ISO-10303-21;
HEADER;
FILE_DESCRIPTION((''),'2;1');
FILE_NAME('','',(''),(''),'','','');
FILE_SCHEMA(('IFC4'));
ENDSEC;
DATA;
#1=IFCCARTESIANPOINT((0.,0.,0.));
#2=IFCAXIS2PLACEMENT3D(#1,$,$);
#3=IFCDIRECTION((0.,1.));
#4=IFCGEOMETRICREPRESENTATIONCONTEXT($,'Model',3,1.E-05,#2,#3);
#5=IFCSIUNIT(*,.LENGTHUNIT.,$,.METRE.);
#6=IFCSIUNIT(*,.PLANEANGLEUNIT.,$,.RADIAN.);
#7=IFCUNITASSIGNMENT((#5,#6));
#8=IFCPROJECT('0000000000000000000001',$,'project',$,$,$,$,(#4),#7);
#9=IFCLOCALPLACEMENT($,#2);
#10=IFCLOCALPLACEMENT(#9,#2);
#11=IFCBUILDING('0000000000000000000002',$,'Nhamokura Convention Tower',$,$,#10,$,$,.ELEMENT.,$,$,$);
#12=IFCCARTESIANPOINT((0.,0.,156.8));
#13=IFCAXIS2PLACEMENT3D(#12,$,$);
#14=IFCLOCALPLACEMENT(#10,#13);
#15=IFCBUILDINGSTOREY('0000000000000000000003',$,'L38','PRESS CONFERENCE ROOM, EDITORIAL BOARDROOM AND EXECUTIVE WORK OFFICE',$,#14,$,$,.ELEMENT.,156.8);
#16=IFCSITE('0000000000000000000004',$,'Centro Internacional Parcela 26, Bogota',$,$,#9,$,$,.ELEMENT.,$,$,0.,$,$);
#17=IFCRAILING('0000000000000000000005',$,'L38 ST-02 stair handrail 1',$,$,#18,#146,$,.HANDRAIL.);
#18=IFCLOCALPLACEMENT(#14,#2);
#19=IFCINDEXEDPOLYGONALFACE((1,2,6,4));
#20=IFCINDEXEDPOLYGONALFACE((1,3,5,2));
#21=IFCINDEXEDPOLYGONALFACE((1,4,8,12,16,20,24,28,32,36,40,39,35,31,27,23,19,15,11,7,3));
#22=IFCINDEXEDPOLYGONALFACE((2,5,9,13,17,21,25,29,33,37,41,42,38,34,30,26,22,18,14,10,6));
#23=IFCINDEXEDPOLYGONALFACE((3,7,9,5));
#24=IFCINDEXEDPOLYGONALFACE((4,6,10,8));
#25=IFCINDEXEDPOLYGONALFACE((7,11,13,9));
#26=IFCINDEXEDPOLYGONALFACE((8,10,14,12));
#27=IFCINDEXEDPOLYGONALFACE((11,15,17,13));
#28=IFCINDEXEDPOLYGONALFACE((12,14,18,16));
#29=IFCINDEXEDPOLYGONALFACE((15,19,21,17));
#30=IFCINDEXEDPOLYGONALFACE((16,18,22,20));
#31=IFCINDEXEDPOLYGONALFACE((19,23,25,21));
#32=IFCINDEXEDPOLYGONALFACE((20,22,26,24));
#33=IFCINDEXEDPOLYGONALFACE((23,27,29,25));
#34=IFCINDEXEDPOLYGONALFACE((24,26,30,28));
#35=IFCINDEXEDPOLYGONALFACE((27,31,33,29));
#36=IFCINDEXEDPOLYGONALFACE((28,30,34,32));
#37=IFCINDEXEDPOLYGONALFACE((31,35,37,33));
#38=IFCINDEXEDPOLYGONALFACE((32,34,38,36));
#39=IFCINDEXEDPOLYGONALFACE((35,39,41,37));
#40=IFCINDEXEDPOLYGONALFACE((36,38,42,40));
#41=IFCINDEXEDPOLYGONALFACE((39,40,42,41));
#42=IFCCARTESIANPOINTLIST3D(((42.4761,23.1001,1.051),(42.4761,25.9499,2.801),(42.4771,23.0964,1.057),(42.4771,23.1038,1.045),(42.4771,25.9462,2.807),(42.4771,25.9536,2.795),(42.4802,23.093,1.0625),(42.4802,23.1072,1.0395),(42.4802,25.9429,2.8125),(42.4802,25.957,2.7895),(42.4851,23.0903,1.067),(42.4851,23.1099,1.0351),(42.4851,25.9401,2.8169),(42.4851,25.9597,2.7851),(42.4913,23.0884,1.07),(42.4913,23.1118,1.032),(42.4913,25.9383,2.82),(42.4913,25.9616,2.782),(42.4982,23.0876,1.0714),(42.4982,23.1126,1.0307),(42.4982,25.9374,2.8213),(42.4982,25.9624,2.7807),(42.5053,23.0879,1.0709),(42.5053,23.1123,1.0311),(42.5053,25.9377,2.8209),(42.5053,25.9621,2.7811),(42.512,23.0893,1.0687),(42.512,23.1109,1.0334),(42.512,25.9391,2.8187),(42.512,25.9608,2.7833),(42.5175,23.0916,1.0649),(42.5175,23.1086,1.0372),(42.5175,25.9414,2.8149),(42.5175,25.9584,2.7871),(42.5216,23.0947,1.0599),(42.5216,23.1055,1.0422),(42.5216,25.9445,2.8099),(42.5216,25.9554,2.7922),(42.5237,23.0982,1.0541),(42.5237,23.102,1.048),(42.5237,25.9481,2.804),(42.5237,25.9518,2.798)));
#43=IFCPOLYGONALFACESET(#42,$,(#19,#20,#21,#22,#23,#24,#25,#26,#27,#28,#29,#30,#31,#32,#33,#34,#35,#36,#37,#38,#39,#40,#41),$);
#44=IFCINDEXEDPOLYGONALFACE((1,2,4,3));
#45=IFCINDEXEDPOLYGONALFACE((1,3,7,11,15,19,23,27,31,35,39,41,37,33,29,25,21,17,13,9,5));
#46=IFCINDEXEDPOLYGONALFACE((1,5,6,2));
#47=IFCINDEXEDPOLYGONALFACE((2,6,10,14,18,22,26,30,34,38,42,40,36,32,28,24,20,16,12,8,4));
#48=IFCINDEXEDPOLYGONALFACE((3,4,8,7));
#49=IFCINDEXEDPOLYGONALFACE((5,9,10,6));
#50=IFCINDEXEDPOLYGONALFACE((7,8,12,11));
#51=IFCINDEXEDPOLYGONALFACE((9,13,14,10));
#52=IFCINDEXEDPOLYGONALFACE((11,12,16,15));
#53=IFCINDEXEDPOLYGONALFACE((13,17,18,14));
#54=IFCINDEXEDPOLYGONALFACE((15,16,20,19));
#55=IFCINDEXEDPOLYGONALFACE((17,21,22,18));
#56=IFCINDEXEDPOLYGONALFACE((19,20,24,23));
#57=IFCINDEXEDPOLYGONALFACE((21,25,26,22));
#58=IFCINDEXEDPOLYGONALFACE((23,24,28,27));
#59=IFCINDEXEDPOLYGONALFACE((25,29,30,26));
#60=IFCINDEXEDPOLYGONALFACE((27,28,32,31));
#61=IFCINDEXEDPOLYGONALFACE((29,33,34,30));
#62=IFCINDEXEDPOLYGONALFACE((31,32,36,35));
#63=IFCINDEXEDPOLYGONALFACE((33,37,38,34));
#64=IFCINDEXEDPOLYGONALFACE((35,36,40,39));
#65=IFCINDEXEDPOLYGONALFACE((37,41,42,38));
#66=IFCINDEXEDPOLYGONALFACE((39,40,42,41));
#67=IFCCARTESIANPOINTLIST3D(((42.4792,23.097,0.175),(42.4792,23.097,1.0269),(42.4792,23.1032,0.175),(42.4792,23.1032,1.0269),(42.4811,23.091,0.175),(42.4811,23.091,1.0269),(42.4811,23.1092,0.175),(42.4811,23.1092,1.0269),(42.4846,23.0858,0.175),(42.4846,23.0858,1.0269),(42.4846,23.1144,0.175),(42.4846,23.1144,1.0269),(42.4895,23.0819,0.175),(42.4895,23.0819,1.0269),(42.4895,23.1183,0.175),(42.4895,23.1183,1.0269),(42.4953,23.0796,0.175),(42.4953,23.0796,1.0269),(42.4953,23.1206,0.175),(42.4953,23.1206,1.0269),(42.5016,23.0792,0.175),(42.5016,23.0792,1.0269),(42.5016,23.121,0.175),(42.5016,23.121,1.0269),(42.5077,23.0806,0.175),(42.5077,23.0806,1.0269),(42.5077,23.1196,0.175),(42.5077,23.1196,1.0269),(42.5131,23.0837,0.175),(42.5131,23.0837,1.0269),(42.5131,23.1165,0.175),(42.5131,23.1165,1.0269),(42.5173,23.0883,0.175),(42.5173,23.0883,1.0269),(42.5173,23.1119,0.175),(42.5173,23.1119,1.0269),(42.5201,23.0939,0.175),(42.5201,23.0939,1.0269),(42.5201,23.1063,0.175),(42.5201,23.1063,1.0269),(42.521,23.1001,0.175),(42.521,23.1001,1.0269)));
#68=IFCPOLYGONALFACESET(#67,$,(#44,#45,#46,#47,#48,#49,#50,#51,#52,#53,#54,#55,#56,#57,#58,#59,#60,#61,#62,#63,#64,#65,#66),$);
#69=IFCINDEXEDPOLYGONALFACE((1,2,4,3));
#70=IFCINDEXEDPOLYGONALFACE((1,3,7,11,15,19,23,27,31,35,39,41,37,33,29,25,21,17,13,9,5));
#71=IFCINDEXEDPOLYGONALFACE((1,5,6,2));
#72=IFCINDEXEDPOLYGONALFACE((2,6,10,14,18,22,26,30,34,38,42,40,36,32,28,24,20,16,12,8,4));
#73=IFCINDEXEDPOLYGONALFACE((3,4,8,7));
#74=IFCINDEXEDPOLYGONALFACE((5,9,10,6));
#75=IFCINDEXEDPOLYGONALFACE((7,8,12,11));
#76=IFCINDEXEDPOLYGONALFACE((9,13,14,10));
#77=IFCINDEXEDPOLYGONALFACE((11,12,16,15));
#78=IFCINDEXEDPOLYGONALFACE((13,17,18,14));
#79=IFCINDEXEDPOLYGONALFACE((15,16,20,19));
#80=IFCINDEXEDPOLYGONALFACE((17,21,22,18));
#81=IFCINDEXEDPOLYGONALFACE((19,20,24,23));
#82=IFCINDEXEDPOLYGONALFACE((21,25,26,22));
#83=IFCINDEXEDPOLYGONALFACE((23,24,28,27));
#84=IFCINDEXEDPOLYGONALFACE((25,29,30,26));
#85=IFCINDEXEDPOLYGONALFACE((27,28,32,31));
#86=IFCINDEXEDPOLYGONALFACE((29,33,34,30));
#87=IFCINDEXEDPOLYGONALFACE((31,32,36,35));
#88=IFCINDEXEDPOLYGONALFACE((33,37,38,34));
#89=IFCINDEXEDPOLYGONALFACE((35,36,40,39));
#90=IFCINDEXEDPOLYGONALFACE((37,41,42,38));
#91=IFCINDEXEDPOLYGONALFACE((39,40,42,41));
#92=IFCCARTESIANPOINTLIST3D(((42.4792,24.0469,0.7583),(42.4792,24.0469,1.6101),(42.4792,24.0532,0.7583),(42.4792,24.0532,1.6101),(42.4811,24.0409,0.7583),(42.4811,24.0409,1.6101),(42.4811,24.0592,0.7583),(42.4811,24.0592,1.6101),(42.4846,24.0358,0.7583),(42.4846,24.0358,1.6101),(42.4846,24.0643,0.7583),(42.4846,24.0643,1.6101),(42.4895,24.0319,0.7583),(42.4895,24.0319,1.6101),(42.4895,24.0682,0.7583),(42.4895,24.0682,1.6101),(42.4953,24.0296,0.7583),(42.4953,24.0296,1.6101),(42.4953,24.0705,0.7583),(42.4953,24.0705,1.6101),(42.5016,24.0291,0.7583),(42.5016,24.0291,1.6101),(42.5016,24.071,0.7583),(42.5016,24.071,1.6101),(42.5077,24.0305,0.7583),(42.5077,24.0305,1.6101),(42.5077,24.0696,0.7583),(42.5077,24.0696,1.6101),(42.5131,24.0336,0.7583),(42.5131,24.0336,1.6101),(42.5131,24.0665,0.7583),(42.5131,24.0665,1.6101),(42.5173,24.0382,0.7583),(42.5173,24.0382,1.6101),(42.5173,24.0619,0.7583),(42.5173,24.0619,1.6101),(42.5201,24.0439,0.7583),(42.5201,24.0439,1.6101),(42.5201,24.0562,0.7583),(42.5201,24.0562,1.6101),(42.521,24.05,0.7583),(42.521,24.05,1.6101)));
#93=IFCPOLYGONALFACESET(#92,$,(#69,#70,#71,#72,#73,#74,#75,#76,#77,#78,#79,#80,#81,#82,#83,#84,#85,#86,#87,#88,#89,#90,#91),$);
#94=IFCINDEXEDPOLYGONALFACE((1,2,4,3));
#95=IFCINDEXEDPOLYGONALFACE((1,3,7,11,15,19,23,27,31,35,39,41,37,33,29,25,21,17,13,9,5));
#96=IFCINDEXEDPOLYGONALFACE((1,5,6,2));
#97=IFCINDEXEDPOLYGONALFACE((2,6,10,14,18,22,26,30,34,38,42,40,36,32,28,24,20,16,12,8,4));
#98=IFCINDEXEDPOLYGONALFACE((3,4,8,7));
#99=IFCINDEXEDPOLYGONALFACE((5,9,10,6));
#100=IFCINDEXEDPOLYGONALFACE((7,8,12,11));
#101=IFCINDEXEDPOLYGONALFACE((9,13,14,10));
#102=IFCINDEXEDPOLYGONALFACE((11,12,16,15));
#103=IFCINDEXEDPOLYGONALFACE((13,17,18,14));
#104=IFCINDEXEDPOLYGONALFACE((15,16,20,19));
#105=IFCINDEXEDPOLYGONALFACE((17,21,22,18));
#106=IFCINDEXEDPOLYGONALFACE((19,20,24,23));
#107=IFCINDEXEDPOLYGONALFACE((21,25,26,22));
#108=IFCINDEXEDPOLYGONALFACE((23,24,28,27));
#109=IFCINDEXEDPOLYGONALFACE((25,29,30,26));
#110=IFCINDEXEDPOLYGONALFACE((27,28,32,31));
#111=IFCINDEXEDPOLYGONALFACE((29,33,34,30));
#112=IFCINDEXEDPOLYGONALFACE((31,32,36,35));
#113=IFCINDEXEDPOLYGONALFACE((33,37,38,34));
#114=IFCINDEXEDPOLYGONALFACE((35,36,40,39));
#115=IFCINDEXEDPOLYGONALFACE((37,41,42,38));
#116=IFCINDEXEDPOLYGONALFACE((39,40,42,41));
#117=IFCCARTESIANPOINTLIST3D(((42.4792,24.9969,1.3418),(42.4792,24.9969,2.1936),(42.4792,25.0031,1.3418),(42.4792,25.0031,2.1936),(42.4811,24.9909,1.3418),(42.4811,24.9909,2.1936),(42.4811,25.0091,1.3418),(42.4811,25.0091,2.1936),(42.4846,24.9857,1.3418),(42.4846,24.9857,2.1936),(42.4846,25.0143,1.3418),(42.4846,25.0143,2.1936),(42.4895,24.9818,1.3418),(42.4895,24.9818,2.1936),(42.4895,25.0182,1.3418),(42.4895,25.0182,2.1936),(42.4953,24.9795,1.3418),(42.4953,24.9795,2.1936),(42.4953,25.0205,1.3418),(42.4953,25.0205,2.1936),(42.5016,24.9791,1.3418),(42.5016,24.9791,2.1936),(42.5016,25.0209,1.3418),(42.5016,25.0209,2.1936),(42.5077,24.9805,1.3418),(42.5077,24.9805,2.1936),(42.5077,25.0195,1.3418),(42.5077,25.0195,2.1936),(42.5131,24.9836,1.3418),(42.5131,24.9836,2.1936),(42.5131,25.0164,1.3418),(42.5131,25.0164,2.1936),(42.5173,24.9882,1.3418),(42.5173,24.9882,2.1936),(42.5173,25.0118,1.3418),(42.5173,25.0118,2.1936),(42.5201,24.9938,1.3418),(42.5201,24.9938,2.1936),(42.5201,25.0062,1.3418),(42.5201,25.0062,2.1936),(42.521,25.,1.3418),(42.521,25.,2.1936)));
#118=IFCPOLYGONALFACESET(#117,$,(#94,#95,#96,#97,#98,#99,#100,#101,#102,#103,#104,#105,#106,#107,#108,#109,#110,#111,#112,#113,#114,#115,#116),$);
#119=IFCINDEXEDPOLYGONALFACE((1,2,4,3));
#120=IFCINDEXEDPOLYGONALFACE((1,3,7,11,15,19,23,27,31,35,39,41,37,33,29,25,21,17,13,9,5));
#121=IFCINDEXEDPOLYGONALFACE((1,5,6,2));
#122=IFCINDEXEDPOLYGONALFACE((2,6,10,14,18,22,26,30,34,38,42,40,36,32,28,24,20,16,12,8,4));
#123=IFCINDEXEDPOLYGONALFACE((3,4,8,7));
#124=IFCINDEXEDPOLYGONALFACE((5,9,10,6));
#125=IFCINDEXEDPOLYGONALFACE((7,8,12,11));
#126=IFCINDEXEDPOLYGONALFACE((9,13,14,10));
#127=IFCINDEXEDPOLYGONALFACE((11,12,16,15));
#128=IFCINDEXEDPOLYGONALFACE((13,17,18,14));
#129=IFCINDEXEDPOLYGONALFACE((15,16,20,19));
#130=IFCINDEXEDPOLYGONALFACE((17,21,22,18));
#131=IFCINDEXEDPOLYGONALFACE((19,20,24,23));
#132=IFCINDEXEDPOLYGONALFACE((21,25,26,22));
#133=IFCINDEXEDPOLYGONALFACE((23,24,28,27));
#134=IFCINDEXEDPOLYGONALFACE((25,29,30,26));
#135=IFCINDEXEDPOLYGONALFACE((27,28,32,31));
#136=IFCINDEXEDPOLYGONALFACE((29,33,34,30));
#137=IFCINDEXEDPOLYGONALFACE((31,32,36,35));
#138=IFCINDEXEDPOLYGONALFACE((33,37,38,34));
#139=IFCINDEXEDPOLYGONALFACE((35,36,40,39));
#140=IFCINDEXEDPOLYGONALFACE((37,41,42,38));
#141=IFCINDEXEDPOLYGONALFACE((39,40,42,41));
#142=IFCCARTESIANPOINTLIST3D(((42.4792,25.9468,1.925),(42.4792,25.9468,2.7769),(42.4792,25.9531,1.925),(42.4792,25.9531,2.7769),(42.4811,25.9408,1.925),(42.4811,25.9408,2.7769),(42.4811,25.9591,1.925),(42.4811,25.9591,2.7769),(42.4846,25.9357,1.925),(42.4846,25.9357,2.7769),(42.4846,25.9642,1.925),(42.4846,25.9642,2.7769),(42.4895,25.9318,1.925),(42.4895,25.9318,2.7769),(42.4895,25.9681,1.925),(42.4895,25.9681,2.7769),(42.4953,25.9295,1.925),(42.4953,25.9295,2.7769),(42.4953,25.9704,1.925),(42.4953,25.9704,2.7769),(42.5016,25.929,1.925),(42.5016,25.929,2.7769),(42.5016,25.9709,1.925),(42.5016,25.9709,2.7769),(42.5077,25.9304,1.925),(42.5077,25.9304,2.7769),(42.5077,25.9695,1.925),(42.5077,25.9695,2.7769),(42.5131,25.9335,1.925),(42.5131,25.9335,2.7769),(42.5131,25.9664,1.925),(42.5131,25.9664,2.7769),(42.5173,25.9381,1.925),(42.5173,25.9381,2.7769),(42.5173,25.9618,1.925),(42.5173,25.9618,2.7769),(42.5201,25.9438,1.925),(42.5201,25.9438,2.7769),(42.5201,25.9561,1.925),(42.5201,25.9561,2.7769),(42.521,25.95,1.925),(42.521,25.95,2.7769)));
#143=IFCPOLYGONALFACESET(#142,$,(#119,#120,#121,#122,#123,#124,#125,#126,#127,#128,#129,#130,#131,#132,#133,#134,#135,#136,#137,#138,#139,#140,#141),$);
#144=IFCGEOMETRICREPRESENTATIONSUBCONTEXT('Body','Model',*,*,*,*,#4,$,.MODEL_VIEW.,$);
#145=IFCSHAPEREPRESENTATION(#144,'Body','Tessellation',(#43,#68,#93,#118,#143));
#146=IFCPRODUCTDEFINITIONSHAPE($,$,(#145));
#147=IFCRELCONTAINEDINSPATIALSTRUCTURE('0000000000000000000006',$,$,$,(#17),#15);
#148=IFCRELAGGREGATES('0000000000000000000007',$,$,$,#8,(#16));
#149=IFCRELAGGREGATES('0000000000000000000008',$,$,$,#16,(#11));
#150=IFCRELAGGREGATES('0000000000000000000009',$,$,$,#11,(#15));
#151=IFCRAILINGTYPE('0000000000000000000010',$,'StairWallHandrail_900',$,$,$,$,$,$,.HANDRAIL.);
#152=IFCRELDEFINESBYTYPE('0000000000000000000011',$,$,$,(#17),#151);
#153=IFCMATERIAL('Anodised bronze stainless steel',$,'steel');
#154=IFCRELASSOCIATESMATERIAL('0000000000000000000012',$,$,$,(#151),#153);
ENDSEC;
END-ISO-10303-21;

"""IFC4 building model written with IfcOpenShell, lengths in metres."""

from ifc_helpers import new_model, si_unit, direction, frame, origin, origin_2d, place, context, subcontext, project, spatial, circle, extrude, material, type_object, element, save


model = new_model("IFC4")

# Units and contexts
model_context = context("Model", 3, precision=1e-05, world=origin(), true_north=direction((0.0, 1.0)))
body_context = subcontext(model_context, "Body", "Model", "MODEL_VIEW")
ifc_project = project(units=[si_unit("LENGTHUNIT", "METRE"), si_unit("PLANEANGLEUNIT", "RADIAN")], contexts=[model_context])

# Site, building, storey
site_placement = place(None, origin())
site = spatial("IfcSite", under=ifc_project, at=site_placement, Name="Centro Internacional Parcela 26, Bogota", CompositionType="ELEMENT", RefElevation=0.0)
building_placement = place(site_placement, origin())
building = spatial("IfcBuilding", under=site, at=building_placement, Name="Nhamokura Convention Tower", CompositionType="ELEMENT")
storey_placement = place(building_placement, frame((0.0, 0.0, 156.8)))
storey = spatial("IfcBuildingStorey", under=building, at=storey_placement, Name="L38", Description="PRESS CONFERENCE ROOM, EDITORIAL BOARDROOM AND EXECUTIVE WORK OFFICE", CompositionType="ELEMENT", Elevation=156.8)

# Railing
ifc_material_1 = material(Name="Anodised bronze stainless steel", Category="steel")
railing_type_1 = type_object("IfcRailingType", Name="StairWallHandrail_900", PredefinedType="HANDRAIL", material=ifc_material_1)
railing_1_placement = place(storey_placement, frame((42.5, 23.1001, 0.175)))
element("IfcRailing", 1, at=railing_1_placement, inside=storey, type_object=railing_type_1, Name="L38 ST-02 stair handrail 1", PredefinedType="HANDRAIL", context=body_context, shape_type="SweptSolid", body=[
    extrude(circle(Radius=0.0239, at=origin_2d()), frame((0.0, 0.0, 0.876), z_axis=(0.0, 0.852159, 0.523283), x_axis=(-1.0, 0.0, 0.0)), (0.0, 0.0, 1.0), 3.3442),
    extrude(circle(Radius=0.021, at=origin_2d()), origin(), (0.0, 0.0, 1.0), 0.8518),
    extrude(circle(Radius=0.021, at=origin_2d()), frame((0.0, 0.95, 0.5833)), (0.0, 0.0, 1.0), 0.8518),
    extrude(circle(Radius=0.021, at=origin_2d()), frame((0.0, 1.8999, 1.1667)), (0.0, 0.0, 1.0), 0.8518),
    extrude(circle(Radius=0.021, at=origin_2d()), frame((0.0, 2.8499, 1.75)), (0.0, 0.0, 1.0), 0.8518),
])

save(model, "model.ifc")
